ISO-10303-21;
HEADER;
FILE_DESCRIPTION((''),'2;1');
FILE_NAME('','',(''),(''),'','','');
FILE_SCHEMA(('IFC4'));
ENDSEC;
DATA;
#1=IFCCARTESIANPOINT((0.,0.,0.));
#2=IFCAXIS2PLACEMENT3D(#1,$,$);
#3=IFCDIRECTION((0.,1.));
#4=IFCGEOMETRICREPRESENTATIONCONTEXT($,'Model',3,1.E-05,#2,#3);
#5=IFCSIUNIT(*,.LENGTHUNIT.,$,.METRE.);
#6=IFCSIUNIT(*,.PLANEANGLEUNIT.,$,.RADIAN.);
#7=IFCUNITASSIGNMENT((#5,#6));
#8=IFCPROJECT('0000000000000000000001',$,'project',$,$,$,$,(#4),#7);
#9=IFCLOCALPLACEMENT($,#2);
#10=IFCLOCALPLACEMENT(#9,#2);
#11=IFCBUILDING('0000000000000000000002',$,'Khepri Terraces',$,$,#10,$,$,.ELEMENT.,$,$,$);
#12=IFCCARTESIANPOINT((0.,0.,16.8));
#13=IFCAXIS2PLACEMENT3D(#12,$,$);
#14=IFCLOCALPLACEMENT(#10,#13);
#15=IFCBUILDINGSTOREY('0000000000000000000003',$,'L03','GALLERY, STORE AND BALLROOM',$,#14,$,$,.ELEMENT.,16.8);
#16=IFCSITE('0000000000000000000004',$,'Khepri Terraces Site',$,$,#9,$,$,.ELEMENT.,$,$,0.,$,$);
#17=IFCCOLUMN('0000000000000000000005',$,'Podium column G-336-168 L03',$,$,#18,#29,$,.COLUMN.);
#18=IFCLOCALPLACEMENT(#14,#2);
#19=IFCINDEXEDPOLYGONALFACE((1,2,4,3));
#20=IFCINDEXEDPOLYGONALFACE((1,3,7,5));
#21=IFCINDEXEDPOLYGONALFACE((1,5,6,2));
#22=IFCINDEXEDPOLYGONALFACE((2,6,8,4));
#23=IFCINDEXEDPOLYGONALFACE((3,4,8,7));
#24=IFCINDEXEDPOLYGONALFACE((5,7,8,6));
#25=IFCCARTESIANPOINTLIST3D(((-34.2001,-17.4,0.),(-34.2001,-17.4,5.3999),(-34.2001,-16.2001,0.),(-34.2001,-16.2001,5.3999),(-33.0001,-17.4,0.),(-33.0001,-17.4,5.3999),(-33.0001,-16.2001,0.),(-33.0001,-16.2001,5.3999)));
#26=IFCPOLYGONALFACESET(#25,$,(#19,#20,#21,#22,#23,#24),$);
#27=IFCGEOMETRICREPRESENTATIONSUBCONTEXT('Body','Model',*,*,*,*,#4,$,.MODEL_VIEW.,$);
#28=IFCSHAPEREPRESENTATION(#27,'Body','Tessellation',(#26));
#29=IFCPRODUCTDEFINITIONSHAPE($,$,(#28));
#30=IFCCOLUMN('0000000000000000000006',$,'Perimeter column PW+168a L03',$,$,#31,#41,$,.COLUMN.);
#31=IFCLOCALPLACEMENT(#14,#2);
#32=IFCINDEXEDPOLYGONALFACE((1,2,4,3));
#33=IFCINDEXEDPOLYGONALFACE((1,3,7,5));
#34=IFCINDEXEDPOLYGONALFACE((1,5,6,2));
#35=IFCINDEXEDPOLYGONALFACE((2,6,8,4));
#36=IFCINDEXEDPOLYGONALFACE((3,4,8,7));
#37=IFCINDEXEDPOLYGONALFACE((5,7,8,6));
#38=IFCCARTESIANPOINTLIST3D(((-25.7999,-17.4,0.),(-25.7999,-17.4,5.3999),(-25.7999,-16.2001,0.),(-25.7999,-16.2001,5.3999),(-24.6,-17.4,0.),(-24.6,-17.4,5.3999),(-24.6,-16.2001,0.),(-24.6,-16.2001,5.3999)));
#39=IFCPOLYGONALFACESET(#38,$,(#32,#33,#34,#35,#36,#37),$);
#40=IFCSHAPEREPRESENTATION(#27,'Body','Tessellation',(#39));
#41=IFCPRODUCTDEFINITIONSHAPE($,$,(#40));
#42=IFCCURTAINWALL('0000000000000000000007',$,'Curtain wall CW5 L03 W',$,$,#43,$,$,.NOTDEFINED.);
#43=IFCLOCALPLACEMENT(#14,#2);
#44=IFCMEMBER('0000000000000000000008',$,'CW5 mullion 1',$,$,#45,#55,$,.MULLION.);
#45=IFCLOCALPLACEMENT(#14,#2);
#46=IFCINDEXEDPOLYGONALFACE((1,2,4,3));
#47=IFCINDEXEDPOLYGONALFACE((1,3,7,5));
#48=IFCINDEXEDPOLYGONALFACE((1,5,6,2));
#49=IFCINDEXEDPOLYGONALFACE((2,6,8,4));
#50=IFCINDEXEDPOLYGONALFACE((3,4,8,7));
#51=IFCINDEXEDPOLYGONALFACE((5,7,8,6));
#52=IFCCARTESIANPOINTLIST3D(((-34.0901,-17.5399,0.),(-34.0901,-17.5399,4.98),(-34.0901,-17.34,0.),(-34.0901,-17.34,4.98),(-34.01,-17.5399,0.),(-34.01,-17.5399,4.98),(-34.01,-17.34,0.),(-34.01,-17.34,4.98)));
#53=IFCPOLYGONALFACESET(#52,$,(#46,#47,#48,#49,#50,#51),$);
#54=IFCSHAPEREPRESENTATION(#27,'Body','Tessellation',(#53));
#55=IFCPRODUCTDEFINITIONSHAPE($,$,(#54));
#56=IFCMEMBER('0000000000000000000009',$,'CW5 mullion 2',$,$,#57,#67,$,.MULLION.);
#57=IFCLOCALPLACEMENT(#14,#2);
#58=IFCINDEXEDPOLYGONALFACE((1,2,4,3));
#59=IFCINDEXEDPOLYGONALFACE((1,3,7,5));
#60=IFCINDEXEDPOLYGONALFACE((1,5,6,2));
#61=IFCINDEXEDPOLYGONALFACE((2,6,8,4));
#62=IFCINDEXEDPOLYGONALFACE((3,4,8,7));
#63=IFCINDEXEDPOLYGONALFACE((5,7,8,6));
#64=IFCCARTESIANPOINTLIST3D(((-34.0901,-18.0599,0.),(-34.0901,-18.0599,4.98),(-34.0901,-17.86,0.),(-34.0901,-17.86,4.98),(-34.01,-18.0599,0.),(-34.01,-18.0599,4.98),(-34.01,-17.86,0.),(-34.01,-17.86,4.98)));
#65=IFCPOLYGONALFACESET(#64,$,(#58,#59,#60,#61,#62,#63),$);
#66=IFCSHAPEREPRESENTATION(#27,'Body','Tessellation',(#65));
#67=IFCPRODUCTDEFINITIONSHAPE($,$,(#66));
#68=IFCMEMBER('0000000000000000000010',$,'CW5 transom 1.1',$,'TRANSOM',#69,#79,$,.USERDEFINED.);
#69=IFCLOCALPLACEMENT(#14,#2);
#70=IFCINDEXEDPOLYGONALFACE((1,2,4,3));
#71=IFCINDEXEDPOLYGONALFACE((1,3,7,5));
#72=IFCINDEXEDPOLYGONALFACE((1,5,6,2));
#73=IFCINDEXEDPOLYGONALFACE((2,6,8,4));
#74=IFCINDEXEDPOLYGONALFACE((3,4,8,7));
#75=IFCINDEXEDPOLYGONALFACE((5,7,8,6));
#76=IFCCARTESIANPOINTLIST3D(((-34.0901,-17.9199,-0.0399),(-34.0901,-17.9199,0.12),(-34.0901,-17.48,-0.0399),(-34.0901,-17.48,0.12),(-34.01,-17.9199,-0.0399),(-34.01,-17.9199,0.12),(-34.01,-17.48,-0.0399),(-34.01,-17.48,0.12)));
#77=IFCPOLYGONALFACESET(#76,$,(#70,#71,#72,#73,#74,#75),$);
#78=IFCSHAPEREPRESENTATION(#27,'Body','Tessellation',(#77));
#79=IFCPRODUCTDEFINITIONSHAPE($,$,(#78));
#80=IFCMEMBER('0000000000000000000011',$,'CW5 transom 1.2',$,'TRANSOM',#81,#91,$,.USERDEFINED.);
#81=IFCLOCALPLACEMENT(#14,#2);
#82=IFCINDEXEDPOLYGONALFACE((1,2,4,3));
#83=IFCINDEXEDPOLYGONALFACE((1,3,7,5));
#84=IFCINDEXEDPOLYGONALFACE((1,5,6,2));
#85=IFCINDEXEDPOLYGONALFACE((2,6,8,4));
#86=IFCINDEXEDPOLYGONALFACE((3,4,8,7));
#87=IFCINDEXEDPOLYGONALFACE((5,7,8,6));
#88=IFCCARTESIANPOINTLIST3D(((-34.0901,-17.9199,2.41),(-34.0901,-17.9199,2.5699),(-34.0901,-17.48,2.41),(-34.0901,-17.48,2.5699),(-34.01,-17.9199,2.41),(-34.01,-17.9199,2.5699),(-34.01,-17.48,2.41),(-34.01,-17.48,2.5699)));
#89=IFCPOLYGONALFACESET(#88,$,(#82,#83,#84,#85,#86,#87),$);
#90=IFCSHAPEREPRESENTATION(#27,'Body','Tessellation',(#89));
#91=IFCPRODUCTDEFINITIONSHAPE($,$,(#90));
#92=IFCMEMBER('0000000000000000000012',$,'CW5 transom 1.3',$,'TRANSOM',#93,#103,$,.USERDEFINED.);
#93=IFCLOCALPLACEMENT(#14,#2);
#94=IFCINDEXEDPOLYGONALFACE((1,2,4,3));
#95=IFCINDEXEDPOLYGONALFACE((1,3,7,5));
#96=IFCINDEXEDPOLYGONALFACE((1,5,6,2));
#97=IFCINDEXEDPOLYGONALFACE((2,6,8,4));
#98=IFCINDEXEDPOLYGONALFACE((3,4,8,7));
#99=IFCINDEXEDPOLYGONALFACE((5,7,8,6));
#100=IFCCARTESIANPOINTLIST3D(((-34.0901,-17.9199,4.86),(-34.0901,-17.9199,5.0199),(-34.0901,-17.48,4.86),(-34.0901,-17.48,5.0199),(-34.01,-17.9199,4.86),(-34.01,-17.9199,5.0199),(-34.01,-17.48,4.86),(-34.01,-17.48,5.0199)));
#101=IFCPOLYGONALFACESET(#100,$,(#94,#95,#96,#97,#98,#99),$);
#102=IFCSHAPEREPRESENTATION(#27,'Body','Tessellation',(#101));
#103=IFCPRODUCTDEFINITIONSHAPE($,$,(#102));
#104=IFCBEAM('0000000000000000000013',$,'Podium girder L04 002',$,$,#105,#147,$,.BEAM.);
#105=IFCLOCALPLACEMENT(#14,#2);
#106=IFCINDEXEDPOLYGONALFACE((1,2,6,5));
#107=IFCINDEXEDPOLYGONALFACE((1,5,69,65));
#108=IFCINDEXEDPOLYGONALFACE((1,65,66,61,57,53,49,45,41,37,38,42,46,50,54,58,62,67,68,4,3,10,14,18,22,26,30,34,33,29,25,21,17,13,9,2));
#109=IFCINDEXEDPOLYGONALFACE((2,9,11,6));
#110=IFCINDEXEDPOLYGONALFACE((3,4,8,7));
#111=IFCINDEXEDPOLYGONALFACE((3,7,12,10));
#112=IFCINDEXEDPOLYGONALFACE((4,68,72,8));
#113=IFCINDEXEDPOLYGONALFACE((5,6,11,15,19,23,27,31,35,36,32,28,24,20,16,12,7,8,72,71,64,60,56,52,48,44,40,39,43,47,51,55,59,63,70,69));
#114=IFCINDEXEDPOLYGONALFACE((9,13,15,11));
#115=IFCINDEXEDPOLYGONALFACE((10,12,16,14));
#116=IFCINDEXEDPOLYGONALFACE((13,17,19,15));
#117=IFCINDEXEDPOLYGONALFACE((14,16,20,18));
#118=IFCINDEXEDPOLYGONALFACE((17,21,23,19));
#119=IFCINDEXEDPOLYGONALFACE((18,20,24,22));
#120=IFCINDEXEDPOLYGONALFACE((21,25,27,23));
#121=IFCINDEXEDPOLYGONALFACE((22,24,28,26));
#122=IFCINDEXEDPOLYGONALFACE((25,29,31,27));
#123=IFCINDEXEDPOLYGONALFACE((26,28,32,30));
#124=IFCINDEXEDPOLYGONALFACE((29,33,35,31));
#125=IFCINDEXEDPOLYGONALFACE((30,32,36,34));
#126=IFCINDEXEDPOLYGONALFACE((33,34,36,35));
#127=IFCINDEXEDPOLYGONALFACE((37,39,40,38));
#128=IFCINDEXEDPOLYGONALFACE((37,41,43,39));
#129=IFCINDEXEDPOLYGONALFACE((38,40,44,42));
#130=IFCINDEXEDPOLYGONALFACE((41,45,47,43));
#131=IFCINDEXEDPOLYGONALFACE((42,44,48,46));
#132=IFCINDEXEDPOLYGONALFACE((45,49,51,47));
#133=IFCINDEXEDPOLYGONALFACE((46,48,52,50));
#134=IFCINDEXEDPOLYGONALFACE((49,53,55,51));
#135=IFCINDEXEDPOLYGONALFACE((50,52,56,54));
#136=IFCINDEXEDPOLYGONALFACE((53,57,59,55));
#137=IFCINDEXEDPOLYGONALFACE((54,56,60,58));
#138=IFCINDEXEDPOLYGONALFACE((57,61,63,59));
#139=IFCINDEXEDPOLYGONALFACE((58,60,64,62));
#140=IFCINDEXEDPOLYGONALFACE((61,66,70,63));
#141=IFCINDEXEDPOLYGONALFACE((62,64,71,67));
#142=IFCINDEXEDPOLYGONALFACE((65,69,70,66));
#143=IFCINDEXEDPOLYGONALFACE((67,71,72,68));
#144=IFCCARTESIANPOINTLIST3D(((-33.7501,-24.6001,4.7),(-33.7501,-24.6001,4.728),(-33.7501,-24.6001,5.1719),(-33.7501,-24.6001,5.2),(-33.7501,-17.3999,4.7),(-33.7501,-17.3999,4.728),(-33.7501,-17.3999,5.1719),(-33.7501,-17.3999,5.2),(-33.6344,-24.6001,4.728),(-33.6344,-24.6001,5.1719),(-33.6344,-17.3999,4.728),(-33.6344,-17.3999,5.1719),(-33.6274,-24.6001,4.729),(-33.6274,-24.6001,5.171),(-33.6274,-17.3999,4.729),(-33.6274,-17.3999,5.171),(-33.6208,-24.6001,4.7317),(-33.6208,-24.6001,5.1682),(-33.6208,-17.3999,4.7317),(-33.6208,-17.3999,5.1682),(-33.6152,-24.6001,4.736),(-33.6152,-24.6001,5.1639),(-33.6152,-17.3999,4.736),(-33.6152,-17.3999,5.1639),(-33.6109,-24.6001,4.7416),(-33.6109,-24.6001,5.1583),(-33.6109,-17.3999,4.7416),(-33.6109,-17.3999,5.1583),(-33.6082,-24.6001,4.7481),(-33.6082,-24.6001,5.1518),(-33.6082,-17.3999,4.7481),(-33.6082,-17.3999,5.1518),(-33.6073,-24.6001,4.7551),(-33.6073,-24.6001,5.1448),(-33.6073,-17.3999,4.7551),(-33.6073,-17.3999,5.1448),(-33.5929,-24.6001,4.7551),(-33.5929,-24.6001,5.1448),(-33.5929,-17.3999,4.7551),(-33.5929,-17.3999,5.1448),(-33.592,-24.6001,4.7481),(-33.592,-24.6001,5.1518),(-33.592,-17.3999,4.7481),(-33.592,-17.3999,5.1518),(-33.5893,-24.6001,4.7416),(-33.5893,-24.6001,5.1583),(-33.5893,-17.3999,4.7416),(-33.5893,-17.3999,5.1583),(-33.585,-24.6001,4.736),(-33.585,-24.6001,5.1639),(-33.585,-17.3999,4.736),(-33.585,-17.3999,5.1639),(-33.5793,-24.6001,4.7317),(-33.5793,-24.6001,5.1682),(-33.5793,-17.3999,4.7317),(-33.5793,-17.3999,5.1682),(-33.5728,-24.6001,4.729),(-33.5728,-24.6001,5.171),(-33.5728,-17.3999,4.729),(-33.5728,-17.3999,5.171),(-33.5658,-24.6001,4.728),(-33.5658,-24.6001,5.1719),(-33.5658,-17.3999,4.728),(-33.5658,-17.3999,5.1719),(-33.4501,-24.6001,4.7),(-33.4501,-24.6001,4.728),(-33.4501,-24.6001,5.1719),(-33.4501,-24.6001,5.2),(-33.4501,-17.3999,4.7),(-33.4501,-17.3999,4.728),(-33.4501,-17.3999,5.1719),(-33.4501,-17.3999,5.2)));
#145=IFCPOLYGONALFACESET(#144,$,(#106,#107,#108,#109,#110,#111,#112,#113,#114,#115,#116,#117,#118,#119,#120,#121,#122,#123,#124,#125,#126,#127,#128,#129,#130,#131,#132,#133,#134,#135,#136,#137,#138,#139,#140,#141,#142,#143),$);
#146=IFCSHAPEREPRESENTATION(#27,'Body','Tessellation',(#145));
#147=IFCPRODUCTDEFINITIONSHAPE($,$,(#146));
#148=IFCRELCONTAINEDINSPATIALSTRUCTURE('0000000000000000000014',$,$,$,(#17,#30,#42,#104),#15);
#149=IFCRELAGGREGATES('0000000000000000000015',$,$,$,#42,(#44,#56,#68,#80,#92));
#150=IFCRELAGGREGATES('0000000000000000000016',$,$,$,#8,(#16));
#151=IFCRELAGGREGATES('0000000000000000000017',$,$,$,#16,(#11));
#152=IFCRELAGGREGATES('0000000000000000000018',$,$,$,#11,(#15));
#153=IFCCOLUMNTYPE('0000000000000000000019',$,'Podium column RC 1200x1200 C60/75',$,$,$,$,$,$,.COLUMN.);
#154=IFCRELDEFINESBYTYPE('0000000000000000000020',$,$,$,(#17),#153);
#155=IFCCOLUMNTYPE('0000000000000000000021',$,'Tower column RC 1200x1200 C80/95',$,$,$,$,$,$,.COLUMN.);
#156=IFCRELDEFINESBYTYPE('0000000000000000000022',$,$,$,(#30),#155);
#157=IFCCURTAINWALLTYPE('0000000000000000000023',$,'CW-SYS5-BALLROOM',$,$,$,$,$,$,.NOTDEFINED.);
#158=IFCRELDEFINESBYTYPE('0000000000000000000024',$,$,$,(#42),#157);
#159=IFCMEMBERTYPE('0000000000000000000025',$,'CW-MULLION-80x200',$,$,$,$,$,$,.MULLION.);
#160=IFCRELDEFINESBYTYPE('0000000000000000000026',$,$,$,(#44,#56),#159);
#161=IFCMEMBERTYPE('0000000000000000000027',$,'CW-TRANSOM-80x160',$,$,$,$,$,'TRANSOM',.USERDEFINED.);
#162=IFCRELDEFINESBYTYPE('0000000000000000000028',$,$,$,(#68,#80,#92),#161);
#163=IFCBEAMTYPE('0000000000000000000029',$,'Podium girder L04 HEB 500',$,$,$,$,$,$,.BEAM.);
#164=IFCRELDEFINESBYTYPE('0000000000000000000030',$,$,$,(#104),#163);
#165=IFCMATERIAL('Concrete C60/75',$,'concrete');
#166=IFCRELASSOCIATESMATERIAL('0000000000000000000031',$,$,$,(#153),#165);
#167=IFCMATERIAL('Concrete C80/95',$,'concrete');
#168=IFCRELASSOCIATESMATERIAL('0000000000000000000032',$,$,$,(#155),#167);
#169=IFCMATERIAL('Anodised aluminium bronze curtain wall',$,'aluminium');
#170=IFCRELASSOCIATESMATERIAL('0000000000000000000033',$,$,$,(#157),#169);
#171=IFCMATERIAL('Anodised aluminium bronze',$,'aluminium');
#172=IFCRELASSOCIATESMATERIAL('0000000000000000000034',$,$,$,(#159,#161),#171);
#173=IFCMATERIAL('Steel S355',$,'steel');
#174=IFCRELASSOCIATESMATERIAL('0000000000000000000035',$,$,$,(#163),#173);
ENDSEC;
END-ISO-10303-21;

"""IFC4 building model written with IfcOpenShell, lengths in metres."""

from ifc_helpers import new_model, si_unit, direction, frame, origin, origin_2d, place, context, subcontext, project, spatial, rectangle, i_section, extrude, material, material_profile, profile_set, type_object, element, aggregate, save


model = new_model("IFC4")

# Units and contexts
model_context = context("Model", 3, precision=1e-05, world=origin(), true_north=direction((0.0, 1.0)))
body_context = subcontext(model_context, "Body", "Model", "MODEL_VIEW")
ifc_project = project(units=[si_unit("LENGTHUNIT", "METRE"), si_unit("PLANEANGLEUNIT", "RADIAN")], contexts=[model_context])

# Site, building, storey
site_placement = place(None, origin())
site = spatial("IfcSite", under=ifc_project, at=site_placement, Name="Khepri Terraces Site", CompositionType="ELEMENT", RefElevation=0.0)
building_placement = place(site_placement, origin())
building = spatial("IfcBuilding", under=site, at=building_placement, Name="Khepri Terraces", CompositionType="ELEMENT")
storey_placement = place(building_placement, frame((0.0, 0.0, 16.8)))
storey = spatial("IfcBuildingStorey", under=building, at=storey_placement, Name="L03", Description="GALLERY, STORE AND BALLROOM", CompositionType="ELEMENT", Elevation=16.8)

# Columns
ifc_material_1 = material(Name="Concrete C60/75", Category="concrete")
ifc_material_profile_1 = material_profile(ifc_material_1, rectangle(XDim=1.2, YDim=1.2, at=origin_2d()), Name="Concrete C60/75", Category="concrete")
ifc_profile_set_1 = profile_set([ifc_material_profile_1], Name="Concrete C60/75")
column_type_1 = type_object("IfcColumnType", Name="Podium column RC 1200x1200 C60/75", PredefinedType="COLUMN", material=ifc_profile_set_1)
column_1_placement = place(storey_placement, frame((-33.6001, -16.8, 0.0), z_axis=(0.0, 0.0, 1.0), x_axis=(1.0, 0.0, 0.0)))
element("IfcColumn", 1, at=column_1_placement, inside=storey, type_object=column_type_1, Name="Podium column G-336-168 L03", PredefinedType="COLUMN", context=body_context, shape_type="SweptSolid", body=[
    extrude(rectangle(XDim=1.2, YDim=1.2, at=origin_2d()), origin(), (0.0, 0.0, 1.0), 5.3999),
])
ifc_material_2 = material(Name="Concrete C80/95", Category="concrete")
ifc_material_profile_2 = material_profile(ifc_material_2, rectangle(XDim=1.2, YDim=1.2, at=origin_2d()), Name="Concrete C80/95", Category="concrete")
ifc_profile_set_2 = profile_set([ifc_material_profile_2], Name="Concrete C80/95")
column_type_2 = type_object("IfcColumnType", Name="Tower column RC 1200x1200 C80/95", PredefinedType="COLUMN", material=ifc_profile_set_2)
column_2_placement = place(storey_placement, frame((-25.2, -16.8, 0.0), z_axis=(0.0, 0.0, 1.0), x_axis=(1.0, 0.0, 0.0)))
element("IfcColumn", 2, at=column_2_placement, inside=storey, type_object=column_type_2, Name="Perimeter column PW+168a L03", PredefinedType="COLUMN", context=body_context, shape_type="SweptSolid", body=[
    extrude(rectangle(XDim=1.2, YDim=1.2, at=origin_2d()), origin(), (0.0, 0.0, 1.0), 5.3999),
])

# Curtain wall, members
ifc_material_3 = material(Name="Anodised aluminium bronze curtain wall", Category="aluminium")
curtain_wall_type = type_object("IfcCurtainWallType", Name="CW-SYS5-BALLROOM", PredefinedType="NOTDEFINED", material=ifc_material_3)
curtain_wall_placement = place(storey_placement, origin())
curtain_wall = element("IfcCurtainWall", 3, at=curtain_wall_placement, inside=storey, type_object=curtain_wall_type, Name="Curtain wall CW5 L03 W", PredefinedType="NOTDEFINED")
ifc_material_4 = material(Name="Anodised aluminium bronze", Category="aluminium")
ifc_material_profile_3 = material_profile(ifc_material_4, rectangle(XDim=0.0801, YDim=0.2, at=origin_2d()), Name="Anodised aluminium bronze", Category="aluminium")
ifc_profile_set_3 = profile_set([ifc_material_profile_3], Name="Anodised aluminium bronze")
member_type_1 = type_object("IfcMemberType", Name="CW-MULLION-80x200", PredefinedType="MULLION", material=ifc_profile_set_3)
member_1_placement = place(storey_placement, frame((-34.05, -17.4399, 0.0), z_axis=(0.0, 0.0, 1.0), x_axis=(1.0, 0.0, 0.0)))
member_1 = element("IfcMember", 4, at=member_1_placement, type_object=member_type_1, Name="CW5 mullion 1", PredefinedType="MULLION", context=body_context, shape_type="SweptSolid", body=[
    extrude(rectangle(XDim=0.0801, YDim=0.2, at=origin_2d()), origin(), (0.0, 0.0, 1.0), 4.98),
])
member_2_placement = place(storey_placement, frame((-34.05, -17.96, 0.0), z_axis=(0.0, 0.0, 1.0), x_axis=(1.0, 0.0, 0.0)))
member_2 = element("IfcMember", 5, at=member_2_placement, type_object=member_type_1, Name="CW5 mullion 2", PredefinedType="MULLION", context=body_context, shape_type="SweptSolid", body=[
    extrude(rectangle(XDim=0.0801, YDim=0.2, at=origin_2d()), origin(), (0.0, 0.0, 1.0), 4.98),
])
ifc_material_profile_4 = material_profile(ifc_material_4, rectangle(XDim=0.0801, YDim=0.1599, at=origin_2d()), Name="Anodised aluminium bronze", Category="aluminium")
ifc_profile_set_4 = profile_set([ifc_material_profile_4], Name="Anodised aluminium bronze")
member_type_2 = type_object("IfcMemberType", Name="CW-TRANSOM-80x160", ElementType="TRANSOM", PredefinedType="USERDEFINED", material=ifc_profile_set_4)
member_3_placement = place(storey_placement, frame((-34.05, -17.48, 0.04), z_axis=(0.0, -1.0, 0.0), x_axis=(1.0, 0.0, 0.0)))
member_3 = element("IfcMember", 6, at=member_3_placement, type_object=member_type_2, Name="CW5 transom 1.1", ObjectType="TRANSOM", PredefinedType="USERDEFINED", context=body_context, shape_type="SweptSolid", body=[
    extrude(rectangle(XDim=0.0801, YDim=0.1599, at=origin_2d()), origin(), (0.0, 0.0, 1.0), 0.4399),
])
member_4_placement = place(storey_placement, frame((-34.05, -17.48, 2.49), z_axis=(0.0, -1.0, 0.0), x_axis=(1.0, 0.0, 0.0)))
member_4 = element("IfcMember", 7, at=member_4_placement, type_object=member_type_2, Name="CW5 transom 1.2", ObjectType="TRANSOM", PredefinedType="USERDEFINED", context=body_context, shape_type="SweptSolid", body=[
    extrude(rectangle(XDim=0.0801, YDim=0.1599, at=origin_2d()), origin(), (0.0, 0.0, 1.0), 0.4399),
])
member_5_placement = place(storey_placement, frame((-34.05, -17.48, 4.9399), z_axis=(0.0, -1.0, 0.0), x_axis=(1.0, 0.0, 0.0)))
member_5 = element("IfcMember", 8, at=member_5_placement, type_object=member_type_2, Name="CW5 transom 1.3", ObjectType="TRANSOM", PredefinedType="USERDEFINED", context=body_context, shape_type="SweptSolid", body=[
    extrude(rectangle(XDim=0.0801, YDim=0.1599, at=origin_2d()), origin(), (0.0, 0.0, 1.0), 0.4399),
])

# Beam
ifc_material_5 = material(Name="Steel S355", Category="steel")
ifc_material_profile_5 = material_profile(ifc_material_5, i_section(OverallWidth=0.3, OverallDepth=0.5, WebThickness=0.0144, FlangeThickness=0.0281, FilletRadius=0.0271, at=origin_2d()), Name="Steel S355", Category="steel")
ifc_profile_set_5 = profile_set([ifc_material_profile_5], Name="Steel S355")
beam_type_1 = type_object("IfcBeamType", Name="Podium girder L04 HEB 500", PredefinedType="BEAM", material=ifc_profile_set_5)
beam_1_placement = place(storey_placement, frame((-33.6001, -24.6001, 4.95), z_axis=(0.0, 1.0, 0.0), x_axis=(-1.0, 0.0, 0.0)))
element("IfcBeam", 9, at=beam_1_placement, inside=storey, type_object=beam_type_1, Name="Podium girder L04 002", PredefinedType="BEAM", context=body_context, shape_type="SweptSolid", body=[
    extrude(i_section(OverallWidth=0.3, OverallDepth=0.5, WebThickness=0.0144, FlangeThickness=0.0281, FilletRadius=0.0271, at=origin_2d()), origin(), (0.0, 0.0, 1.0), 7.2002),
])

aggregate(curtain_wall, [member_1, member_2, member_3, member_4, member_5])

save(model, "model.ifc")
